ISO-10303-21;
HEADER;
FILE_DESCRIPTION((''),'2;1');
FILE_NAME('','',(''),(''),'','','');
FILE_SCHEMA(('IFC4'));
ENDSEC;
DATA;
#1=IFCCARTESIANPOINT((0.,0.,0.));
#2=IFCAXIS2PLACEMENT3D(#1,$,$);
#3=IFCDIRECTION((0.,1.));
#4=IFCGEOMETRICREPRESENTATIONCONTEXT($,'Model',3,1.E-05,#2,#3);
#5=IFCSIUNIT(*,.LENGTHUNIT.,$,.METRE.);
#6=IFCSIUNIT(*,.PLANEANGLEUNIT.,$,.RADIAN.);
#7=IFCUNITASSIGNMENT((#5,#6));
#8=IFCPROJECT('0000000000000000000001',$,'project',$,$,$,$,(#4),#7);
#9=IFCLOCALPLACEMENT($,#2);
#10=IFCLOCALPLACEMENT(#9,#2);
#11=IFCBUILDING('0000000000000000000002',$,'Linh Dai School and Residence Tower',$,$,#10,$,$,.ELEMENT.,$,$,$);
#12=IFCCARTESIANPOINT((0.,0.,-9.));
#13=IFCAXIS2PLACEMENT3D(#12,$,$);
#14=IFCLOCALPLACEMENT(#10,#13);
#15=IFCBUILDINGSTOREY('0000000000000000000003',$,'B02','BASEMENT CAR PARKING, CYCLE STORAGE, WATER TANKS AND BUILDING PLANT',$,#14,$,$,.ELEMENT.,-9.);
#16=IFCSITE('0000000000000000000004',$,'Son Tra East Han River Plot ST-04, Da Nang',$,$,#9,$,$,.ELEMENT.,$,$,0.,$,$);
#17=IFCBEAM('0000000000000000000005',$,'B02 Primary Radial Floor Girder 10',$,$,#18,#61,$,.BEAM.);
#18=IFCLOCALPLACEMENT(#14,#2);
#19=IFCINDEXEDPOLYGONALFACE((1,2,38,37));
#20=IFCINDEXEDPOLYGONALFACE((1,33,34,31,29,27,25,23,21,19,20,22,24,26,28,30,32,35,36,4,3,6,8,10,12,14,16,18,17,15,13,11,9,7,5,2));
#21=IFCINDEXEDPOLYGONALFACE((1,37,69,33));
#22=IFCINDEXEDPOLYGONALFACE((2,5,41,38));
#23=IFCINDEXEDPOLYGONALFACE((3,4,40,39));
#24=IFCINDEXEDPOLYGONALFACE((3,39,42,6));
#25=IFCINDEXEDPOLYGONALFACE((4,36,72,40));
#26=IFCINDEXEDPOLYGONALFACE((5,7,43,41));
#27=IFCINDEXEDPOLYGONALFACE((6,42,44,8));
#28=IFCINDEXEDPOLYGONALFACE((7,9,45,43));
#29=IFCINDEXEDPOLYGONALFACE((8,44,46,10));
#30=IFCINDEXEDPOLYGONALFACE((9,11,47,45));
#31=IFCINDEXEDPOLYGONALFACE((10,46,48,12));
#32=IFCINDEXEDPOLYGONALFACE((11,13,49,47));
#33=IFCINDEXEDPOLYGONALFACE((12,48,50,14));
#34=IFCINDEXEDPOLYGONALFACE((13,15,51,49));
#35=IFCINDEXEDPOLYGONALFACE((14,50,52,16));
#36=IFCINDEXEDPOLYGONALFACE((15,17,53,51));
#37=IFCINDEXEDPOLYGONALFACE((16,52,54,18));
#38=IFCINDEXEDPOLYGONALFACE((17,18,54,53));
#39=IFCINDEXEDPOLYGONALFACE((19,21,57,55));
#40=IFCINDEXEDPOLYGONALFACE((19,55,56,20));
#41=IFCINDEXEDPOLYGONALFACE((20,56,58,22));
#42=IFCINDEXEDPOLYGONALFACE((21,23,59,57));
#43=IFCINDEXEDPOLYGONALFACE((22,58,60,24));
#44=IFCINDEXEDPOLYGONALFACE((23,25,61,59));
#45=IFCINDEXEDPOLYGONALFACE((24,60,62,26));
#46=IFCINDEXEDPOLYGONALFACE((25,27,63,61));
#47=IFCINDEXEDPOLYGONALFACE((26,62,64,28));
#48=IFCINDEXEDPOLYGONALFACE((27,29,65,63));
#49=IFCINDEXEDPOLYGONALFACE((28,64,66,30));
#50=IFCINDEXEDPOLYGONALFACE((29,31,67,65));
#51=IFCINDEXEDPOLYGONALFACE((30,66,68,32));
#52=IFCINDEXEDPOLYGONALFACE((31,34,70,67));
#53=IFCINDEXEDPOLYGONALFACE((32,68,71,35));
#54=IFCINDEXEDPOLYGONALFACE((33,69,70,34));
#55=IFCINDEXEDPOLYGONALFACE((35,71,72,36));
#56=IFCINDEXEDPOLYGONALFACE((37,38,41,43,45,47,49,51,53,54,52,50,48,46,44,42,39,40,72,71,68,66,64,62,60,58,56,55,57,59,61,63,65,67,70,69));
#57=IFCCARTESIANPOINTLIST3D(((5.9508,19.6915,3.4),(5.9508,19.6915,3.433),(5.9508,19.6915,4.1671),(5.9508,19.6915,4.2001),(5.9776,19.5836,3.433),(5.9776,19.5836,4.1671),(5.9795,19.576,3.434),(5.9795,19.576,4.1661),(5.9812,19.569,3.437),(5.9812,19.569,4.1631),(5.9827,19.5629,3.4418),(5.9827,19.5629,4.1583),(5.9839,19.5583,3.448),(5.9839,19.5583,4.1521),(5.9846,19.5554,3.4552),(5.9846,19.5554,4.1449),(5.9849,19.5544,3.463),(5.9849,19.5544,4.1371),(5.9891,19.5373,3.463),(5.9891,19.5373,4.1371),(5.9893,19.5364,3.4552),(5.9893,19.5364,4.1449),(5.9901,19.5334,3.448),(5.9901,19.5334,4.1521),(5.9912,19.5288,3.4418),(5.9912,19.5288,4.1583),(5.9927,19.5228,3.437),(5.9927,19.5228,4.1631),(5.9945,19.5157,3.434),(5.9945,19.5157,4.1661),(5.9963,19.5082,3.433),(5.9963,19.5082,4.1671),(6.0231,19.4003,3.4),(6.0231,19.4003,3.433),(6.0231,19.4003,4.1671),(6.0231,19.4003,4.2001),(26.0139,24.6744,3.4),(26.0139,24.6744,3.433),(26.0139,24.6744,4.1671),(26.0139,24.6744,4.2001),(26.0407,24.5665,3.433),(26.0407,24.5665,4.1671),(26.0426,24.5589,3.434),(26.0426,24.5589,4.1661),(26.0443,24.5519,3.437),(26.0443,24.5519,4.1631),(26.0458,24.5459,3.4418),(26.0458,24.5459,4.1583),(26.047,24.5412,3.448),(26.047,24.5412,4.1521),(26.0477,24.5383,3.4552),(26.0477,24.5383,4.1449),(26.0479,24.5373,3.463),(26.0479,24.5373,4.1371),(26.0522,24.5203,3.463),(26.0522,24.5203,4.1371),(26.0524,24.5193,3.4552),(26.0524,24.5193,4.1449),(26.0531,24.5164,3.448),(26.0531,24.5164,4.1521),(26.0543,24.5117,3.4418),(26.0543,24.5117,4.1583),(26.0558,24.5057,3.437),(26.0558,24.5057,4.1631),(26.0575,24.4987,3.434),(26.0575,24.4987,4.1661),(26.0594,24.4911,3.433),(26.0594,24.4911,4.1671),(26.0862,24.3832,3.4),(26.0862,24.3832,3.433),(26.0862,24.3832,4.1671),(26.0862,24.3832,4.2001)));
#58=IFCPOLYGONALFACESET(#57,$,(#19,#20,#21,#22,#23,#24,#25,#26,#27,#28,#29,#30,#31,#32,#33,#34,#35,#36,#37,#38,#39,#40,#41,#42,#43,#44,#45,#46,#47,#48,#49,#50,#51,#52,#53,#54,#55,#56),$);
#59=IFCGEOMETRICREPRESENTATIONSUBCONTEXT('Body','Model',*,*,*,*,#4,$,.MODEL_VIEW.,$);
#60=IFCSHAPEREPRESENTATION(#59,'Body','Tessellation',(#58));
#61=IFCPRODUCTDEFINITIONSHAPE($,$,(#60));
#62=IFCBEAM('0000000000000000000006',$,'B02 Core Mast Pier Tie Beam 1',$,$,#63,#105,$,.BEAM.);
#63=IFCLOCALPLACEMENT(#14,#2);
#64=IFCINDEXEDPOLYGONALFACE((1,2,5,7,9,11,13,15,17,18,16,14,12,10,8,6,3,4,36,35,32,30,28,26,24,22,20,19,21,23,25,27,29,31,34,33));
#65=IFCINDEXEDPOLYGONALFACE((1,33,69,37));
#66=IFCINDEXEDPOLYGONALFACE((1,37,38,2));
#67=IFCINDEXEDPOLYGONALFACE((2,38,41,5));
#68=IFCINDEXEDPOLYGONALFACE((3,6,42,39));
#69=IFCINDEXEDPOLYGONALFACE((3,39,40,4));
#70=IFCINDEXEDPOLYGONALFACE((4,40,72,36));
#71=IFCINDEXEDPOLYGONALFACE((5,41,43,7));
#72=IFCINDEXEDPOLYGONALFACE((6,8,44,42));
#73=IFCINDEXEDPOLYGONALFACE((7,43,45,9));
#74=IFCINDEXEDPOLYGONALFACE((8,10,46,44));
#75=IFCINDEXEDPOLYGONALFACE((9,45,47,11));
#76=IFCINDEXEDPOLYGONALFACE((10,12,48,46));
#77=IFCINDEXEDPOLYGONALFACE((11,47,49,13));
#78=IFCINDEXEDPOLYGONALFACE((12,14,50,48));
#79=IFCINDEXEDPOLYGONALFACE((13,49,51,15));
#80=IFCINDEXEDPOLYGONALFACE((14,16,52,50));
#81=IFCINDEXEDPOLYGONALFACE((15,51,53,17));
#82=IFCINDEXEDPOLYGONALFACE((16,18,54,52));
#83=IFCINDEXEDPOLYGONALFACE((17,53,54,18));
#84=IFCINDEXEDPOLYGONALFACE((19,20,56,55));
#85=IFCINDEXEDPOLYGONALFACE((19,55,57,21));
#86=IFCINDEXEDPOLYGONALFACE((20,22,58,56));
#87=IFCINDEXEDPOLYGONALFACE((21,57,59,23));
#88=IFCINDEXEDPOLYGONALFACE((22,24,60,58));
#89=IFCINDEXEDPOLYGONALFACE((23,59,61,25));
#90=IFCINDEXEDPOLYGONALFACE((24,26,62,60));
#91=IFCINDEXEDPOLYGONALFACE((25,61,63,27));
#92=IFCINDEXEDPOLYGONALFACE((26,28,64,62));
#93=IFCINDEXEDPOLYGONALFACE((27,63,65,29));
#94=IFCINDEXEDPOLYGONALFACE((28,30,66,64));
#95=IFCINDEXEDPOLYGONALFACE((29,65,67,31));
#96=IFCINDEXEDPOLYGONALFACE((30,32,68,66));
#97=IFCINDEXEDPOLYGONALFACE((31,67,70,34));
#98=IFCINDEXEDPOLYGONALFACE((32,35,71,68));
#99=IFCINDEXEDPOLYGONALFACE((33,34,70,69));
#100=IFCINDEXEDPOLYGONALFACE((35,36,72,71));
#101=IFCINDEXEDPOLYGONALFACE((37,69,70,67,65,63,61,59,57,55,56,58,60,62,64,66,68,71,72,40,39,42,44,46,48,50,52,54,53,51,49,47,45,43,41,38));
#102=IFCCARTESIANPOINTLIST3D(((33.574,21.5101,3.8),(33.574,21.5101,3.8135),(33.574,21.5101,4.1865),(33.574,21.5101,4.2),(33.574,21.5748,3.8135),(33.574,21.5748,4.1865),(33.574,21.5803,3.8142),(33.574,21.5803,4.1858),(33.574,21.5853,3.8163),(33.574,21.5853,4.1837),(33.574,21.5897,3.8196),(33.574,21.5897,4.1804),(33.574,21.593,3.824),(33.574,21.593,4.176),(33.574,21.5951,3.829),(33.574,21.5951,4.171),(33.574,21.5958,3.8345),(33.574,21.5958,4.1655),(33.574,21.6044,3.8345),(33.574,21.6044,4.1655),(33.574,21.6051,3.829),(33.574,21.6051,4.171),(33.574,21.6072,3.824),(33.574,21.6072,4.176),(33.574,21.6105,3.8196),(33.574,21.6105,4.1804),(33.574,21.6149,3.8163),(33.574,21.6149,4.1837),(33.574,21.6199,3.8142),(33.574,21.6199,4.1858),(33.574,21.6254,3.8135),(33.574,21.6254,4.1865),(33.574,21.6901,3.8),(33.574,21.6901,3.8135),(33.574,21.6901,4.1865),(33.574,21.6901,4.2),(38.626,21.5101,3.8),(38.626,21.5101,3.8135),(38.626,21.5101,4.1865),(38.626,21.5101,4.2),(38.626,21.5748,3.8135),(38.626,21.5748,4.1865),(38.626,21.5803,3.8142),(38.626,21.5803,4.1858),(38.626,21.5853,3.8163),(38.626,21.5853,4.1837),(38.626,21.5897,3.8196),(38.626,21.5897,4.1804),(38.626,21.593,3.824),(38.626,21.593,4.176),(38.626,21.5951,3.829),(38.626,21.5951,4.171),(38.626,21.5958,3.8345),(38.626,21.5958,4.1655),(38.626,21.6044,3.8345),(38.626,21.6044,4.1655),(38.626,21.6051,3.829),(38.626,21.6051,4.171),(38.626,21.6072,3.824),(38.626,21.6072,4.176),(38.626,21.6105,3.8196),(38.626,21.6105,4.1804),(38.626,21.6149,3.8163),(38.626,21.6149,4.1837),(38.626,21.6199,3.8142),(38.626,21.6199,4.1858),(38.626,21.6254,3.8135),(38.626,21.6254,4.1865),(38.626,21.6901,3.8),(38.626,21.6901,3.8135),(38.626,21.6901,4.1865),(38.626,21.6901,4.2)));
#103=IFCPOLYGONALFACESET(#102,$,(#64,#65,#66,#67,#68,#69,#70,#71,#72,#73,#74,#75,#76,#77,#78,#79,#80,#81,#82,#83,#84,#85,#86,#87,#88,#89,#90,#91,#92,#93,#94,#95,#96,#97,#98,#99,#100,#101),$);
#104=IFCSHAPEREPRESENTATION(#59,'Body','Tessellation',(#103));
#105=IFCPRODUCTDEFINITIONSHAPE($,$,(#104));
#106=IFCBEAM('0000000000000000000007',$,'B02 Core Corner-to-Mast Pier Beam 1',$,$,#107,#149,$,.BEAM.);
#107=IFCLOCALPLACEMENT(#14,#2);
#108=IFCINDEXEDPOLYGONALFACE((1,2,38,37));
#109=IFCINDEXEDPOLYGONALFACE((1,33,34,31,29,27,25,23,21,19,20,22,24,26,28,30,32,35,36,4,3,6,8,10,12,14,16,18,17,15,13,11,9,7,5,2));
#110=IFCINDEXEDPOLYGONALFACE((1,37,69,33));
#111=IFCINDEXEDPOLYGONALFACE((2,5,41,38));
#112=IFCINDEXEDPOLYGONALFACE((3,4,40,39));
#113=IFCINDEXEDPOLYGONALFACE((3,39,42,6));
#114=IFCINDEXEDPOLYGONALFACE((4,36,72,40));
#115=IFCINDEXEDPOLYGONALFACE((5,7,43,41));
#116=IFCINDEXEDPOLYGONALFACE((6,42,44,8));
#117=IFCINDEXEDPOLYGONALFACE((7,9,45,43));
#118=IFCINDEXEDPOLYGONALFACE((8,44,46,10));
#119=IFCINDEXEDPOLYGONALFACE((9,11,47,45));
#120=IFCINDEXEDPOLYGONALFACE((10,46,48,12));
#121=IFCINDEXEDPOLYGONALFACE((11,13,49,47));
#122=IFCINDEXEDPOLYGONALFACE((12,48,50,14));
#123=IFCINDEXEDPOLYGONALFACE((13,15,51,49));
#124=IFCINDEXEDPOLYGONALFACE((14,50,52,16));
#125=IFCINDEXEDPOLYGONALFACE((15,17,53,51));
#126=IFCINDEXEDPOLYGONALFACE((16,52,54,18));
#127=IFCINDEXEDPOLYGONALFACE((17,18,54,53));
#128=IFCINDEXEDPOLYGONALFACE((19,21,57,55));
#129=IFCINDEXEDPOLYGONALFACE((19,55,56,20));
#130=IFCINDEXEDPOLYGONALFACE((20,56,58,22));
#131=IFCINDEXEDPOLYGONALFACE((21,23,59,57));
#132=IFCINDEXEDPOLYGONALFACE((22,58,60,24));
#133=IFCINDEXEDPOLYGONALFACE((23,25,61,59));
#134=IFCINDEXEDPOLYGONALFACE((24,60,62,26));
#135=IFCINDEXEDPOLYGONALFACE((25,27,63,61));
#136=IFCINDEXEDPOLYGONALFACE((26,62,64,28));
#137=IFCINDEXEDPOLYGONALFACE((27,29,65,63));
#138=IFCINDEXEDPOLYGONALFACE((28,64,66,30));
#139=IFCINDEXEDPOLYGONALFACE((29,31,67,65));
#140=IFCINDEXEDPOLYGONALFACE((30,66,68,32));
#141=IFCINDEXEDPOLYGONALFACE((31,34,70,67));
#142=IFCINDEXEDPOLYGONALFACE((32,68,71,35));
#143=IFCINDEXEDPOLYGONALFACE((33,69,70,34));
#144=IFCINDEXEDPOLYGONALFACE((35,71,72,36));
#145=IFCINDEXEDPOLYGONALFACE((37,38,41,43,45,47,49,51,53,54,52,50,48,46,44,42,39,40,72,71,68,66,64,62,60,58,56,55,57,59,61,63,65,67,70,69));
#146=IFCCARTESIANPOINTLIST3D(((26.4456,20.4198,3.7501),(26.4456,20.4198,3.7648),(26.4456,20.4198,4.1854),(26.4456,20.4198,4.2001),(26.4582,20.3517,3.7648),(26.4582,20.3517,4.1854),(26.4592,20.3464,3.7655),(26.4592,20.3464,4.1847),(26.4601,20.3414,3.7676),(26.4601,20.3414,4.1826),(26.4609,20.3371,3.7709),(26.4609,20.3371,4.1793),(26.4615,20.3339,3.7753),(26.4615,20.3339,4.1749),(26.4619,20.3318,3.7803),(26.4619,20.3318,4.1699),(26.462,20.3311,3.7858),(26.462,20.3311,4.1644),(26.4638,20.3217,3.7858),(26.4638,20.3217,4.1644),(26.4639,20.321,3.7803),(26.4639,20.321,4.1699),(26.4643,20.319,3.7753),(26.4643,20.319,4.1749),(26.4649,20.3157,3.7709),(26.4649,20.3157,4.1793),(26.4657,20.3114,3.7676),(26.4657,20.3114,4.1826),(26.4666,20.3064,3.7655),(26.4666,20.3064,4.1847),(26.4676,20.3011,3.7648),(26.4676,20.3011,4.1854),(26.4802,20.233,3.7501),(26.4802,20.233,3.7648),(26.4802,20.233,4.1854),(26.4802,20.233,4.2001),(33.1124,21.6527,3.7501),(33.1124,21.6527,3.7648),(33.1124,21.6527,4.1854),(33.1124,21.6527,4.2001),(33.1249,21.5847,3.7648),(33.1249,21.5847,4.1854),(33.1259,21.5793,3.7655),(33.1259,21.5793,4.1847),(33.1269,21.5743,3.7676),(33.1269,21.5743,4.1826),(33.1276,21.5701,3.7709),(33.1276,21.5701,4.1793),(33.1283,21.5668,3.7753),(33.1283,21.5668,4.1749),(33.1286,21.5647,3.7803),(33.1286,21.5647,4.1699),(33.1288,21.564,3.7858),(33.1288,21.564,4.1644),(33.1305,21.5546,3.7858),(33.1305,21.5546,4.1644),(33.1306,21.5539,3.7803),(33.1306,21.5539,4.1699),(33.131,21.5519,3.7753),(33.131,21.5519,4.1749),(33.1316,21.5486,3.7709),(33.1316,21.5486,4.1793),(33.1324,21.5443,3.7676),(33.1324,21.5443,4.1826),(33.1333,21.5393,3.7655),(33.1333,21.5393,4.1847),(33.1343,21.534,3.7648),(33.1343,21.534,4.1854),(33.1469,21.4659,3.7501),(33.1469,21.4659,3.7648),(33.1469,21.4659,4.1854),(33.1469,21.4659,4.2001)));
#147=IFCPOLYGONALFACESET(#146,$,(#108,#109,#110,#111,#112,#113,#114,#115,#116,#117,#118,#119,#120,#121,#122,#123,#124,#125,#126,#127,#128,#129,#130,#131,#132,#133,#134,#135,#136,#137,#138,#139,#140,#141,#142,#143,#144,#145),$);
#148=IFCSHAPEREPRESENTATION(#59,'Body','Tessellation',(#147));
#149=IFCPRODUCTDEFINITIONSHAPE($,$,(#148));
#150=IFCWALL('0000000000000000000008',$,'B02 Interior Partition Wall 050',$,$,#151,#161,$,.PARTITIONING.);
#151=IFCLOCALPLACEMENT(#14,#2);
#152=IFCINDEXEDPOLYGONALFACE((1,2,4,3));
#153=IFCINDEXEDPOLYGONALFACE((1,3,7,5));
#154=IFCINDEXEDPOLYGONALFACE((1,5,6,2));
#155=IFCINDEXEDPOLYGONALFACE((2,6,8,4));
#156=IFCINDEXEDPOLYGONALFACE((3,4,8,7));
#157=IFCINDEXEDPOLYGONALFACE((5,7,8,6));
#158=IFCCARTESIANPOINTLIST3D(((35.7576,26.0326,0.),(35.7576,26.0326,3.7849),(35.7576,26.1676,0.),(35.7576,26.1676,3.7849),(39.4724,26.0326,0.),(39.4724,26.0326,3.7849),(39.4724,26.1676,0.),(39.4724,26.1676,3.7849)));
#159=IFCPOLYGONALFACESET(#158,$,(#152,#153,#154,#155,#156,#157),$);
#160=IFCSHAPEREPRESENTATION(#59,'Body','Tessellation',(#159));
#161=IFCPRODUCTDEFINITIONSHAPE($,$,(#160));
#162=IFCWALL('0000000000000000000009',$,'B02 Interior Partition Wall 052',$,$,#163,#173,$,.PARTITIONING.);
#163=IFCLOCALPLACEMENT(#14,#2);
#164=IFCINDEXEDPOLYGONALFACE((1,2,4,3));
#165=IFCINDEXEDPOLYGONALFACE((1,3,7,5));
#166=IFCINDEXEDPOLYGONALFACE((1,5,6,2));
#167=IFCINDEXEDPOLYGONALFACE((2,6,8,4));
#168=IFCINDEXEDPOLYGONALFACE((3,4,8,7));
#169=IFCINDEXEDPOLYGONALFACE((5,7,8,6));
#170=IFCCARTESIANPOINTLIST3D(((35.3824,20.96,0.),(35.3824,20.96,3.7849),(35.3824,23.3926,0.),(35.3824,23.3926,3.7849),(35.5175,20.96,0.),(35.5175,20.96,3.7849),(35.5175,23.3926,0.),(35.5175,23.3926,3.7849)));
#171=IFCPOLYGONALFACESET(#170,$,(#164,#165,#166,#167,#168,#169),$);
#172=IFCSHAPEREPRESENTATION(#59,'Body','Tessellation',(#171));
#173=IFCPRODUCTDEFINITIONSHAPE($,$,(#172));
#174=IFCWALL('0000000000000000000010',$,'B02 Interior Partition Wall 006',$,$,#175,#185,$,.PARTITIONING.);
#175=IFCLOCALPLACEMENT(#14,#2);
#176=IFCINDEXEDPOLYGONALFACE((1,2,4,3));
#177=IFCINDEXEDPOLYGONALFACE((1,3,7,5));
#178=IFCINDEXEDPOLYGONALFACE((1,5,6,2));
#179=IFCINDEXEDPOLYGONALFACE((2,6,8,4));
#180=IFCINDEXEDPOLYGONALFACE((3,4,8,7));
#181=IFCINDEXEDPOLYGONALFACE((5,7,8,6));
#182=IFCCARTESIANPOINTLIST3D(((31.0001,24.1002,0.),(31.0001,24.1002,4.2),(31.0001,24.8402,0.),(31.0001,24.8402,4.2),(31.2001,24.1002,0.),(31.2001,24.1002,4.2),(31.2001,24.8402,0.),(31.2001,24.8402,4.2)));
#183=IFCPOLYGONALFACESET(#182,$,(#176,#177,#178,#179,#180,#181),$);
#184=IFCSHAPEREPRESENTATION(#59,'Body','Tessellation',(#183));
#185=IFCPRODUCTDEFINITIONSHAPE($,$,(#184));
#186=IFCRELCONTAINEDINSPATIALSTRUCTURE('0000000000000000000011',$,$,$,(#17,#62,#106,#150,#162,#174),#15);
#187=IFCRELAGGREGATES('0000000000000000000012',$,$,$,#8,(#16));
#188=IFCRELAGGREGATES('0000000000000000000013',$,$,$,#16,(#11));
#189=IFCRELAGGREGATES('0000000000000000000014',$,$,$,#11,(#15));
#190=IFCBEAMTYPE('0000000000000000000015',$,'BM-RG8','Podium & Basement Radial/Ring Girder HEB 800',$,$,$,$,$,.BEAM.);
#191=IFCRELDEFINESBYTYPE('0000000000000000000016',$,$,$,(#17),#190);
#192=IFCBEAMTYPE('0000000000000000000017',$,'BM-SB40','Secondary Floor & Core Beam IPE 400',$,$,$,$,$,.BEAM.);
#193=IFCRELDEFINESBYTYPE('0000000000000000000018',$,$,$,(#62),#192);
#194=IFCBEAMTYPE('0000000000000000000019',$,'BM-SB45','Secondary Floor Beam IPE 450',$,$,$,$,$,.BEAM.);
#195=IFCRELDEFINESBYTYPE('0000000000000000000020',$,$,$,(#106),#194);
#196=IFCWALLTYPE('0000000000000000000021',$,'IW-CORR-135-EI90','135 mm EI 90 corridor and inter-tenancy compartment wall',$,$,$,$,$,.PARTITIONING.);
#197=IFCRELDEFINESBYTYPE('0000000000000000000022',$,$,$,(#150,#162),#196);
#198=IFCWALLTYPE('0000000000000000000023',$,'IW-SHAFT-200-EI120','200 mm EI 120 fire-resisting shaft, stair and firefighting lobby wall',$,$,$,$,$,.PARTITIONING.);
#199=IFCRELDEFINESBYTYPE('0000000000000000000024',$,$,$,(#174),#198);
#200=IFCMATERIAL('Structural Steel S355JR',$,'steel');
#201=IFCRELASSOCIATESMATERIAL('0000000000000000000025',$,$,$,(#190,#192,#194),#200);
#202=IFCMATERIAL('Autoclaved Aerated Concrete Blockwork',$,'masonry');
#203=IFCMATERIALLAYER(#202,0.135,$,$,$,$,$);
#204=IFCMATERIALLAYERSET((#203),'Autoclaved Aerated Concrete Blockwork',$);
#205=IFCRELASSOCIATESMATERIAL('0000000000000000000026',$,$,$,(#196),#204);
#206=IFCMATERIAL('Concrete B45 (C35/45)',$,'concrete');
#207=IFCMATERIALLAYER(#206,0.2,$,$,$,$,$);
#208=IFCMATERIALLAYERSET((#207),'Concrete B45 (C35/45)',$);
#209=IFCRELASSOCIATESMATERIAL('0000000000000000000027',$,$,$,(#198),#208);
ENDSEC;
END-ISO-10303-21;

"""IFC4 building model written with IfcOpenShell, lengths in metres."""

from ifc_helpers import new_model, si_unit, direction, frame, frame_2d, origin, origin_2d, place, context, subcontext, project, spatial, rectangle, i_section, extrude, material, layer, layer_set, material_profile, profile_set, type_object, element, save


model = new_model("IFC4")

# Units and contexts
model_context = context("Model", 3, precision=1e-05, world=origin(), true_north=direction((0.0, 1.0)))
body_context = subcontext(model_context, "Body", "Model", "MODEL_VIEW")
ifc_project = project(units=[si_unit("LENGTHUNIT", "METRE"), si_unit("PLANEANGLEUNIT", "RADIAN")], contexts=[model_context])

# Site, building, storey
site_placement = place(None, origin())
site = spatial("IfcSite", under=ifc_project, at=site_placement, Name="Son Tra East Han River Plot ST-04, Da Nang", CompositionType="ELEMENT", RefElevation=0.0)
building_placement = place(site_placement, origin())
building = spatial("IfcBuilding", under=site, at=building_placement, Name="Linh Dai School and Residence Tower", CompositionType="ELEMENT")
storey_placement = place(building_placement, frame((0.0, 0.0, -9.0)))
storey = spatial("IfcBuildingStorey", under=building, at=storey_placement, Name="B02", Description="BASEMENT CAR PARKING, CYCLE STORAGE, WATER TANKS AND BUILDING PLANT", CompositionType="ELEMENT", Elevation=-9.0)

# Shared definitions
ifc_material_1 = material(Name="Concrete B45 (C35/45)", Category="concrete")

# Shared definitions
ifc_material_2 = material(Name="Structural Steel S355JR", Category="steel")

# Beams
ifc_material_profile_1 = material_profile(ifc_material_2, i_section(OverallWidth=0.3, OverallDepth=0.8, WebThickness=0.0176, FlangeThickness=0.033, FilletRadius=0.03, at=origin_2d()), Name="HEB 800")
ifc_profile_set_1 = profile_set([ifc_material_profile_1], Name="Structural Steel S355JR")
beam_type_1 = type_object("IfcBeamType", Name="BM-RG8", Description="Podium & Basement Radial/Ring Girder HEB 800", PredefinedType="BEAM", material=ifc_profile_set_1)
beam_1_placement = place(storey_placement, frame((26.05, 24.5288, 3.8), z_axis=(-0.970515, -0.24104, 0.0), x_axis=(0.24104, -0.970515, 0.0)))
element("IfcBeam", 1, at=beam_1_placement, inside=storey, type_object=beam_type_1, Name="B02 Primary Radial Floor Girder 10", PredefinedType="BEAM", context=body_context, shape_type="SweptSolid", body=[
    extrude(i_section(OverallWidth=0.3, OverallDepth=0.8, WebThickness=0.0176, FlangeThickness=0.033, FilletRadius=0.03, at=origin_2d()), origin(), (0.0, 0.0, 1.0), 20.6726),
])
ifc_material_profile_2 = material_profile(ifc_material_2, i_section(OverallWidth=0.1799, OverallDepth=0.3999, WebThickness=0.0085, FlangeThickness=0.0134, FilletRadius=0.021, at=origin_2d()), Name="IPE 400")
ifc_profile_set_2 = profile_set([ifc_material_profile_2], Name="Structural Steel S355JR")
beam_type_2 = type_object("IfcBeamType", Name="BM-SB40", Description="Secondary Floor & Core Beam IPE 400", PredefinedType="BEAM", material=ifc_profile_set_2)
beam_2_placement = place(storey_placement, frame((33.574, 21.6001, 4.0), z_axis=(1.0, 0.0, 0.0), x_axis=(0.0, 1.0, 0.0)))
element("IfcBeam", 2, at=beam_2_placement, inside=storey, type_object=beam_type_2, Name="B02 Core Mast Pier Tie Beam 1", PredefinedType="BEAM", context=body_context, shape_type="SweptSolid", body=[
    extrude(i_section(OverallWidth=0.1799, OverallDepth=0.3999, WebThickness=0.0085, FlangeThickness=0.0134, FilletRadius=0.021, at=origin_2d()), origin(), (0.0, 0.0, 1.0), 5.052),
])
ifc_material_profile_3 = material_profile(ifc_material_2, i_section(OverallWidth=0.1899, OverallDepth=0.45, WebThickness=0.0095, FlangeThickness=0.0146, FilletRadius=0.021, at=origin_2d()), Name="IPE 450")
ifc_profile_set_3 = profile_set([ifc_material_profile_3], Name="Structural Steel S355JR")
beam_type_3 = type_object("IfcBeamType", Name="BM-SB45", Description="Secondary Floor Beam IPE 450", PredefinedType="BEAM", material=ifc_profile_set_3)
beam_3_placement = place(storey_placement, frame((26.4629, 20.3264, 3.9751), z_axis=(0.983326, 0.181851, 0.0), x_axis=(-0.181851, 0.983326, 0.0)))
element("IfcBeam", 3, at=beam_3_placement, inside=storey, type_object=beam_type_3, Name="B02 Core Corner-to-Mast Pier Beam 1", PredefinedType="BEAM", context=body_context, shape_type="SweptSolid", body=[
    extrude(i_section(OverallWidth=0.1899, OverallDepth=0.45, WebThickness=0.0095, FlangeThickness=0.0146, FilletRadius=0.021, at=origin_2d()), origin(), (0.0, 0.0, 1.0), 6.7798),
])

# Walls
ifc_material_3 = material(Name="Autoclaved Aerated Concrete Blockwork", Category="masonry")
ifc_layer_1 = layer(ifc_material_3, 0.135)
ifc_layer_set_1 = layer_set([ifc_layer_1], Name="Autoclaved Aerated Concrete Blockwork")
wall_type_1 = type_object("IfcWallType", Name="IW-CORR-135-EI90", Description="135 mm EI 90 corridor and inter-tenancy compartment wall", PredefinedType="PARTITIONING", material=ifc_layer_set_1)
wall_1_placement = place(storey_placement, frame((35.7576, 26.1001, 0.0), z_axis=(0.0, 0.0, 1.0), x_axis=(1.0, 0.0, 0.0)))
element("IfcWall", 4, at=wall_1_placement, inside=storey, type_object=wall_type_1, Name="B02 Interior Partition Wall 050", PredefinedType="PARTITIONING", context=body_context, shape_type="SweptSolid", body=[
    extrude(rectangle(XDim=3.7148, YDim=0.135, at=frame_2d((1.8574, 0.0))), origin(), (0.0, 0.0, 1.0), 3.7849),
])
wall_2_placement = place(storey_placement, frame((35.45, 23.3926, 0.0), z_axis=(0.0, 0.0, 1.0), x_axis=(0.0, -1.0, 0.0)))
element("IfcWall", 5, at=wall_2_placement, inside=storey, type_object=wall_type_1, Name="B02 Interior Partition Wall 052", PredefinedType="PARTITIONING", context=body_context, shape_type="SweptSolid", body=[
    extrude(rectangle(XDim=2.4326, YDim=0.135, at=frame_2d((1.2163, 0.0))), origin(), (0.0, 0.0, 1.0), 3.7849),
])

# Shared definitions
ifc_layer_2 = layer(ifc_material_1, 0.2)
ifc_layer_set_2 = layer_set([ifc_layer_2], Name="Concrete B45 (C35/45)")
wall_type_2 = type_object("IfcWallType", Name="IW-SHAFT-200-EI120", Description="200 mm EI 120 fire-resisting shaft, stair and firefighting lobby wall", PredefinedType="PARTITIONING", material=ifc_layer_set_2)

# Wall
wall_3_placement = place(storey_placement, frame((31.1001, 24.1001, 0.0), z_axis=(0.0, 0.0, 1.0), x_axis=(0.0, 1.0, 0.0)))
element("IfcWall", 6, at=wall_3_placement, inside=storey, type_object=wall_type_2, Name="B02 Interior Partition Wall 006", PredefinedType="PARTITIONING", context=body_context, shape_type="SweptSolid", body=[
    extrude(rectangle(XDim=0.74, YDim=0.2, at=frame_2d((0.3701, 0.0))), origin(), (0.0, 0.0, 1.0), 4.2),
])

save(model, "model.ifc")
